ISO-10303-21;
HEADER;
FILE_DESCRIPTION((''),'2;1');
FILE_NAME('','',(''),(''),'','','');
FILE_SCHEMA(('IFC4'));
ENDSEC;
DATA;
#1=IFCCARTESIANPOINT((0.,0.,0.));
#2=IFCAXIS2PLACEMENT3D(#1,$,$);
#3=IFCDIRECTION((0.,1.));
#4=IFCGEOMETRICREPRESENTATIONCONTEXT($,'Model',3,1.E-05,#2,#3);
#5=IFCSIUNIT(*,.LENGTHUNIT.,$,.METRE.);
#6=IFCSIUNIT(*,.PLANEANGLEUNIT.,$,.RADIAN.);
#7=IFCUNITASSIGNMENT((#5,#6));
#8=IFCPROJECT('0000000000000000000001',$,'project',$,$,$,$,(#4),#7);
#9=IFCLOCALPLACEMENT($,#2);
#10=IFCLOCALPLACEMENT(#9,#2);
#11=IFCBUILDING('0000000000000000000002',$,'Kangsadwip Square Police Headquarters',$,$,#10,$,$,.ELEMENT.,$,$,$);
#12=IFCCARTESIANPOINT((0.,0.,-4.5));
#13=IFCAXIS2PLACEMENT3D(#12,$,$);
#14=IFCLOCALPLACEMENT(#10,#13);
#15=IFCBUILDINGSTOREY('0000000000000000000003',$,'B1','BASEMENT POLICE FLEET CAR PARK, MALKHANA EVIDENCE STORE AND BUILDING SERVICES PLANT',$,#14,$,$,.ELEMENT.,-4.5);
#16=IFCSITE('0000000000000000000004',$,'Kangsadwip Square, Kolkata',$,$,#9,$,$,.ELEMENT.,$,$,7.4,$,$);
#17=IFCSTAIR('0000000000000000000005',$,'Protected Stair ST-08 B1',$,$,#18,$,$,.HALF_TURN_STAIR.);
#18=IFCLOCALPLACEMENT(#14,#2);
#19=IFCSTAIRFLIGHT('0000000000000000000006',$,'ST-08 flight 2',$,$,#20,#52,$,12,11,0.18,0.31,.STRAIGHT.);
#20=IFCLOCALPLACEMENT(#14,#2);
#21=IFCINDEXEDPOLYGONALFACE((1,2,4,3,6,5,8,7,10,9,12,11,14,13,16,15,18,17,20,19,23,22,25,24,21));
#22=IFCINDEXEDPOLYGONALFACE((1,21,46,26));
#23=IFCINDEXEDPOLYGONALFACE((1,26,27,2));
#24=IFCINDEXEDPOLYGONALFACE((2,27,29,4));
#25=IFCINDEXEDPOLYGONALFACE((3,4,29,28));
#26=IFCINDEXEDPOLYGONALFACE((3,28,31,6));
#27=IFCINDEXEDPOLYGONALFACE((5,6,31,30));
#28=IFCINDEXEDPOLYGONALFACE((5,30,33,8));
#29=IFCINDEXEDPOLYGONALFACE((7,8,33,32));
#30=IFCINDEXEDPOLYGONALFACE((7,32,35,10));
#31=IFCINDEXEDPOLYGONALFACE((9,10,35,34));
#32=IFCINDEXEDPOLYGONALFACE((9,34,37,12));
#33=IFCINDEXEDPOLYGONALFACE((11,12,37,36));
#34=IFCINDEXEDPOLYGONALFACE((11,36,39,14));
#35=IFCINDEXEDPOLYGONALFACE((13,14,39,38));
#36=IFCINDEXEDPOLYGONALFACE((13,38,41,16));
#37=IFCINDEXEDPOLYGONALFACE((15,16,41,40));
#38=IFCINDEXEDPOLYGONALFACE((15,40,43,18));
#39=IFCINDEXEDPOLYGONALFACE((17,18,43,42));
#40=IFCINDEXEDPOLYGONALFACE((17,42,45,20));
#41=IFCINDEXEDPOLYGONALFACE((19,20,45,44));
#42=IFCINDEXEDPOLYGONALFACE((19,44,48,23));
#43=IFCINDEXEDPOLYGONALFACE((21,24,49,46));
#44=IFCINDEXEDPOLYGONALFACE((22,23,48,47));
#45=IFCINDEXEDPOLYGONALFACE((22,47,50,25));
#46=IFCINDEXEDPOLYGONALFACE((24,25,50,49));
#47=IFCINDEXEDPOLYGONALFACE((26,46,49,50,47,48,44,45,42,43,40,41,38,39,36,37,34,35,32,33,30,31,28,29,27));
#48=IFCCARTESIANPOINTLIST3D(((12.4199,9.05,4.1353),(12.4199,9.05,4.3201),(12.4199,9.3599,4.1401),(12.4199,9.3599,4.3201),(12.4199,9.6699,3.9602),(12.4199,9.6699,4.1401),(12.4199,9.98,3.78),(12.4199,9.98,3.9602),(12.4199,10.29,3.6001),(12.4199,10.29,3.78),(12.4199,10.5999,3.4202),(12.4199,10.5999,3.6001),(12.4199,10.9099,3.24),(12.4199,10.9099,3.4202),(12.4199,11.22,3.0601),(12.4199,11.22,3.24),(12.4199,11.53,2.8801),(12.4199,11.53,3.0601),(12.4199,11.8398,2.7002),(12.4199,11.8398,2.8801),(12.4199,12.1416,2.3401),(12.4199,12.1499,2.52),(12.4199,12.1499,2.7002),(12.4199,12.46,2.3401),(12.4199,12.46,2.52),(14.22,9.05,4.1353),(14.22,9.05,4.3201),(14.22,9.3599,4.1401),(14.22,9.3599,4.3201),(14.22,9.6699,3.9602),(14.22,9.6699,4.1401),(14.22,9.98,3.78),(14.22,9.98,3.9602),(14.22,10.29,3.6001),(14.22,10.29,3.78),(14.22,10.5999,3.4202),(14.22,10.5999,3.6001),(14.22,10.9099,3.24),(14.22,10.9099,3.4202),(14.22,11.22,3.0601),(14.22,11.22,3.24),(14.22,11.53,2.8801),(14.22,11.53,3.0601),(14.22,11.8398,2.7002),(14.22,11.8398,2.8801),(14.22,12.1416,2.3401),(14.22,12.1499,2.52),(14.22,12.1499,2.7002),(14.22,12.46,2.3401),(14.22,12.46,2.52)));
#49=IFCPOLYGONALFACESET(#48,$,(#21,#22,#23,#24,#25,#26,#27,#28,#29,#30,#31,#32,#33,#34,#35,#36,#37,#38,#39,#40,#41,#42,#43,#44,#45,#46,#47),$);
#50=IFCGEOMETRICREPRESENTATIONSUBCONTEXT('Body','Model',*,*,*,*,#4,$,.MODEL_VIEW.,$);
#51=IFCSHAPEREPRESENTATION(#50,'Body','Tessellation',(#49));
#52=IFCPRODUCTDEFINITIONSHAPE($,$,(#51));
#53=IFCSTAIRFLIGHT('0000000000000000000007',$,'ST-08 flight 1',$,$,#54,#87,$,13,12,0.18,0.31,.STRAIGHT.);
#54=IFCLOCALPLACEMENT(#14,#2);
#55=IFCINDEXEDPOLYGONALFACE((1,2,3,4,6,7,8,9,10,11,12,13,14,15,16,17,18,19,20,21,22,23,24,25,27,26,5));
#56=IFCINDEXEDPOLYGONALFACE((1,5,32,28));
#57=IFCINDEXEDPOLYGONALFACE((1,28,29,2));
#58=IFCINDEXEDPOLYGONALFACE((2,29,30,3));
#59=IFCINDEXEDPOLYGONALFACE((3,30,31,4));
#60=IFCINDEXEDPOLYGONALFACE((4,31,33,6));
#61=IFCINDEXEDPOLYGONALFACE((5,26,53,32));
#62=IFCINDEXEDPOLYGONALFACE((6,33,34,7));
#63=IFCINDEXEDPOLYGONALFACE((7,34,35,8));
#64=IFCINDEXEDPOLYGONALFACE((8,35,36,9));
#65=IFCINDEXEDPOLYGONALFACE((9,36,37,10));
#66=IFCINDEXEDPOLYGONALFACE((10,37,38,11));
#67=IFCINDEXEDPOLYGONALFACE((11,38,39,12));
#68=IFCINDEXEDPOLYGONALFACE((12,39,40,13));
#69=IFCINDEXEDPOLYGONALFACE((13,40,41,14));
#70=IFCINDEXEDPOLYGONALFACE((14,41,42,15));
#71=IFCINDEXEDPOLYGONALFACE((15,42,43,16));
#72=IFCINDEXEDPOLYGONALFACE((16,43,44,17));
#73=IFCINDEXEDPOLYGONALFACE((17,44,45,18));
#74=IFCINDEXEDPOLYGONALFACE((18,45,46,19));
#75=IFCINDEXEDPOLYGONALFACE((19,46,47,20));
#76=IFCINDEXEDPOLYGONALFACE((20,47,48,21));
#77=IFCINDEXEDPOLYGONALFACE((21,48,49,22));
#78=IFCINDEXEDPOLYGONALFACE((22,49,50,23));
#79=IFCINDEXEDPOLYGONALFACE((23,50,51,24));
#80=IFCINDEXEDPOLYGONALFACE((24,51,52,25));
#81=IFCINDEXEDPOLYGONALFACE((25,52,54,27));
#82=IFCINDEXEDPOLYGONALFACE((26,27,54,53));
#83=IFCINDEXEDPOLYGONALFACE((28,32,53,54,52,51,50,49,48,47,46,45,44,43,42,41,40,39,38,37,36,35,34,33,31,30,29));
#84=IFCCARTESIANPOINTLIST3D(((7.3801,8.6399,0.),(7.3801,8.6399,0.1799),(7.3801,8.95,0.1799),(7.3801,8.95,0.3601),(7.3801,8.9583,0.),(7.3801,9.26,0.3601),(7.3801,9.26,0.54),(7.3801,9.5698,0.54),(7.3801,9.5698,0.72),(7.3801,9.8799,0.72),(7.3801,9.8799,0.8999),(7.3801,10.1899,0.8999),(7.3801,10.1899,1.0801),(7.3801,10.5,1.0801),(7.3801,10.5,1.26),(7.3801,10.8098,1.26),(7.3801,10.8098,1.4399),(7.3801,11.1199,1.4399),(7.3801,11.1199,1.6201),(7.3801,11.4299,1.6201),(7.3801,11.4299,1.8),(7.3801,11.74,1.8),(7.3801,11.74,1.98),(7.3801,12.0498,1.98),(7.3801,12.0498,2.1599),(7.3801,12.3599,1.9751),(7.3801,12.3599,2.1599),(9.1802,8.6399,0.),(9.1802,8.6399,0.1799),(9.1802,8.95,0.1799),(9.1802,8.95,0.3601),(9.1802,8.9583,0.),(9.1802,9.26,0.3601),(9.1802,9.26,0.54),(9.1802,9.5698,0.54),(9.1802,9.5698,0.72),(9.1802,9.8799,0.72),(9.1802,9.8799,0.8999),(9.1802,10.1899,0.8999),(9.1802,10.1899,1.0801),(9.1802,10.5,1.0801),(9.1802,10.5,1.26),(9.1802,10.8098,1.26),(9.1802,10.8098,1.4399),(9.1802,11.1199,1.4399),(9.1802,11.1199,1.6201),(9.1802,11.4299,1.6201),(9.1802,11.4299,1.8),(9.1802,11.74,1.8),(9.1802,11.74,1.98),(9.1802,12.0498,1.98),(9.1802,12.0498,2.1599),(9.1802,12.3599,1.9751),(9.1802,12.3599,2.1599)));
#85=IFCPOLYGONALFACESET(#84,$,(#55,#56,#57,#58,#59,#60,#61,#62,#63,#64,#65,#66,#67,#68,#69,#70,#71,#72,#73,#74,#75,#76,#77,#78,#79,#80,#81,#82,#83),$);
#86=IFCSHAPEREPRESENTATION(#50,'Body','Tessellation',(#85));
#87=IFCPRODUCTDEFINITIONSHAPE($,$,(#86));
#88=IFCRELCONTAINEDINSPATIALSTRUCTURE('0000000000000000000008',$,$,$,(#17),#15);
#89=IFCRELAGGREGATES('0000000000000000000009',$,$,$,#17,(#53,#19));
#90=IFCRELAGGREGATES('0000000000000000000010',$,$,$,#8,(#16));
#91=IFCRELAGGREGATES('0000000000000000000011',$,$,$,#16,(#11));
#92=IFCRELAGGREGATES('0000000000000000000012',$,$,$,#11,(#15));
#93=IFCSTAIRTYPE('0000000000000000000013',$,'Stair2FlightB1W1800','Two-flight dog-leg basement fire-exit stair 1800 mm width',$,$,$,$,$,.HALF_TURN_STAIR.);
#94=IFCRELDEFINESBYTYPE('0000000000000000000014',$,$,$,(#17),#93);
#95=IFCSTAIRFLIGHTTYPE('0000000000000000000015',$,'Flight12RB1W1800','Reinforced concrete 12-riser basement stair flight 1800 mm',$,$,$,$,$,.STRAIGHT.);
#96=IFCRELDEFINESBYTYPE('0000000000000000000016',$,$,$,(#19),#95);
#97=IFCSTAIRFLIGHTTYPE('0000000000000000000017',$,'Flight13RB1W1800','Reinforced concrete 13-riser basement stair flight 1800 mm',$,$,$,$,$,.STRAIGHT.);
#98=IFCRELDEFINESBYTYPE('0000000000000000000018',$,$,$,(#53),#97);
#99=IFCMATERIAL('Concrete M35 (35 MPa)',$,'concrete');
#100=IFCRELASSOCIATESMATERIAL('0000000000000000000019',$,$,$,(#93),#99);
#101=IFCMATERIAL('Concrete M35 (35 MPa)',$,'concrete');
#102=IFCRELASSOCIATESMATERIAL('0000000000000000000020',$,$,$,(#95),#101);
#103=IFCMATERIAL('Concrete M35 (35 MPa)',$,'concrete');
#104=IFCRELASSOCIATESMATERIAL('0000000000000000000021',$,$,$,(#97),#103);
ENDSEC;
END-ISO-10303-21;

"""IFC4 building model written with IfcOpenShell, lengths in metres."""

from ifc_helpers import new_model, si_unit, direction, frame, origin, place, context, subcontext, project, spatial, polyline, outline, extrude, material, type_object, element, aggregate, save


model = new_model("IFC4")

# Units and contexts
model_context = context("Model", 3, precision=1e-05, world=origin(), true_north=direction((0.0, 1.0)))
body_context = subcontext(model_context, "Body", "Model", "MODEL_VIEW")
ifc_project = project(units=[si_unit("LENGTHUNIT", "METRE"), si_unit("PLANEANGLEUNIT", "RADIAN")], contexts=[model_context])

# Site, building, storey
site_placement = place(None, origin())
site = spatial("IfcSite", under=ifc_project, at=site_placement, Name="Kangsadwip Square, Kolkata", CompositionType="ELEMENT", RefElevation=7.4)
building_placement = place(site_placement, origin())
building = spatial("IfcBuilding", under=site, at=building_placement, Name="Kangsadwip Square Police Headquarters", CompositionType="ELEMENT")
storey_placement = place(building_placement, frame((0.0, 0.0, -4.5)))
storey = spatial("IfcBuildingStorey", under=building, at=storey_placement, Name="B1", Description="BASEMENT POLICE FLEET CAR PARK, MALKHANA EVIDENCE STORE AND BUILDING SERVICES PLANT", CompositionType="ELEMENT", Elevation=-4.5)

# Stair, stair flights
ifc_material_1 = material(Name="Concrete M35 (35 MPa)", Category="concrete")
stair_type = type_object("IfcStairType", Name="Stair2FlightB1W1800", Description="Two-flight dog-leg basement fire-exit stair 1800 mm width", PredefinedType="HALF_TURN_STAIR", material=ifc_material_1)
stair_placement = place(storey_placement, origin())
stair = element("IfcStair", 1, at=stair_placement, inside=storey, type_object=stair_type, Name="Protected Stair ST-08 B1", PredefinedType="HALF_TURN_STAIR")
ifc_material_2 = material(Name="Concrete M35 (35 MPa)", Category="concrete")
stair_flight_type_1 = type_object("IfcStairFlightType", Name="Flight12RB1W1800", Description="Reinforced concrete 12-riser basement stair flight 1800 mm", PredefinedType="STRAIGHT", material=ifc_material_2)
stair_flight_1_placement = place(storey_placement, frame((13.3201, 12.46, 2.3401), z_axis=(0.0, 0.0, 1.0), x_axis=(0.0, -1.0, 0.0)))
stair_flight_1 = element("IfcStairFlight", 2, at=stair_flight_1_placement, type_object=stair_flight_type_1, Name="ST-08 flight 2", NumberOfRisers=12, NumberOfTreads=11, PredefinedType="STRAIGHT", RiserHeight=0.18, TreadLength=0.31, context=body_context, shape_type="SweptSolid", body=[
    extrude(outline(polyline([(0.0, 0.0), (0.0, 0.1799), (0.3101, 0.1799), (0.3101, 0.3601), (0.6201, 0.3601), (0.6201, 0.54), (0.9299, 0.54), (0.9299, 0.72), (1.24, 0.72), (1.24, 0.8999), (1.55, 0.8999), (1.55, 1.0801), (1.8601, 1.0801), (1.8601, 1.26), (2.1699, 1.26), (2.1699, 1.4399), (2.48, 1.4399), (2.48, 1.6201), (2.79, 1.6201), (2.79, 1.8), (3.1001, 1.8), (3.1001, 1.98), (3.4099, 1.98), (3.4099, 2.1599), (3.4099, 1.7952), (0.3184, 0.0), (0.0, 0.0)])), frame((0.0, 0.8999, 0.0), z_axis=(0.0, -1.0, 0.0), x_axis=(1.0, 0.0, 0.0)), (0.0, 0.0, 1.0), 1.8),
])
ifc_material_3 = material(Name="Concrete M35 (35 MPa)", Category="concrete")
stair_flight_type_2 = type_object("IfcStairFlightType", Name="Flight13RB1W1800", Description="Reinforced concrete 13-riser basement stair flight 1800 mm", PredefinedType="STRAIGHT", material=ifc_material_3)
stair_flight_2_placement = place(storey_placement, frame((8.28, 8.6399, 0.0), z_axis=(0.0, 0.0, 1.0), x_axis=(0.0, 1.0, 0.0)))
stair_flight_2 = element("IfcStairFlight", 3, at=stair_flight_2_placement, type_object=stair_flight_type_2, Name="ST-08 flight 1", NumberOfRisers=13, NumberOfTreads=12, PredefinedType="STRAIGHT", RiserHeight=0.18, TreadLength=0.31, context=body_context, shape_type="SweptSolid", body=[
    extrude(outline(polyline([(0.0, 0.0), (0.0, 0.1799), (0.3101, 0.1799), (0.3101, 0.3601), (0.6201, 0.3601), (0.6201, 0.54), (0.9299, 0.54), (0.9299, 0.72), (1.24, 0.72), (1.24, 0.8999), (1.55, 0.8999), (1.55, 1.0801), (1.8601, 1.0801), (1.8601, 1.26), (2.1699, 1.26), (2.1699, 1.4399), (2.48, 1.4399), (2.48, 1.6201), (2.79, 1.6201), (2.79, 1.8), (3.1001, 1.8), (3.1001, 1.98), (3.4099, 1.98), (3.4099, 2.1599), (3.72, 2.1599), (3.72, 2.3401), (3.72, 1.9751), (0.3184, 0.0), (0.0, 0.0)])), frame((0.0, 0.8999, 0.0), z_axis=(0.0, -1.0, 0.0), x_axis=(1.0, 0.0, 0.0)), (0.0, 0.0, 1.0), 1.8),
])
aggregate(stair, [stair_flight_2, stair_flight_1])

save(model, "model.ifc")
